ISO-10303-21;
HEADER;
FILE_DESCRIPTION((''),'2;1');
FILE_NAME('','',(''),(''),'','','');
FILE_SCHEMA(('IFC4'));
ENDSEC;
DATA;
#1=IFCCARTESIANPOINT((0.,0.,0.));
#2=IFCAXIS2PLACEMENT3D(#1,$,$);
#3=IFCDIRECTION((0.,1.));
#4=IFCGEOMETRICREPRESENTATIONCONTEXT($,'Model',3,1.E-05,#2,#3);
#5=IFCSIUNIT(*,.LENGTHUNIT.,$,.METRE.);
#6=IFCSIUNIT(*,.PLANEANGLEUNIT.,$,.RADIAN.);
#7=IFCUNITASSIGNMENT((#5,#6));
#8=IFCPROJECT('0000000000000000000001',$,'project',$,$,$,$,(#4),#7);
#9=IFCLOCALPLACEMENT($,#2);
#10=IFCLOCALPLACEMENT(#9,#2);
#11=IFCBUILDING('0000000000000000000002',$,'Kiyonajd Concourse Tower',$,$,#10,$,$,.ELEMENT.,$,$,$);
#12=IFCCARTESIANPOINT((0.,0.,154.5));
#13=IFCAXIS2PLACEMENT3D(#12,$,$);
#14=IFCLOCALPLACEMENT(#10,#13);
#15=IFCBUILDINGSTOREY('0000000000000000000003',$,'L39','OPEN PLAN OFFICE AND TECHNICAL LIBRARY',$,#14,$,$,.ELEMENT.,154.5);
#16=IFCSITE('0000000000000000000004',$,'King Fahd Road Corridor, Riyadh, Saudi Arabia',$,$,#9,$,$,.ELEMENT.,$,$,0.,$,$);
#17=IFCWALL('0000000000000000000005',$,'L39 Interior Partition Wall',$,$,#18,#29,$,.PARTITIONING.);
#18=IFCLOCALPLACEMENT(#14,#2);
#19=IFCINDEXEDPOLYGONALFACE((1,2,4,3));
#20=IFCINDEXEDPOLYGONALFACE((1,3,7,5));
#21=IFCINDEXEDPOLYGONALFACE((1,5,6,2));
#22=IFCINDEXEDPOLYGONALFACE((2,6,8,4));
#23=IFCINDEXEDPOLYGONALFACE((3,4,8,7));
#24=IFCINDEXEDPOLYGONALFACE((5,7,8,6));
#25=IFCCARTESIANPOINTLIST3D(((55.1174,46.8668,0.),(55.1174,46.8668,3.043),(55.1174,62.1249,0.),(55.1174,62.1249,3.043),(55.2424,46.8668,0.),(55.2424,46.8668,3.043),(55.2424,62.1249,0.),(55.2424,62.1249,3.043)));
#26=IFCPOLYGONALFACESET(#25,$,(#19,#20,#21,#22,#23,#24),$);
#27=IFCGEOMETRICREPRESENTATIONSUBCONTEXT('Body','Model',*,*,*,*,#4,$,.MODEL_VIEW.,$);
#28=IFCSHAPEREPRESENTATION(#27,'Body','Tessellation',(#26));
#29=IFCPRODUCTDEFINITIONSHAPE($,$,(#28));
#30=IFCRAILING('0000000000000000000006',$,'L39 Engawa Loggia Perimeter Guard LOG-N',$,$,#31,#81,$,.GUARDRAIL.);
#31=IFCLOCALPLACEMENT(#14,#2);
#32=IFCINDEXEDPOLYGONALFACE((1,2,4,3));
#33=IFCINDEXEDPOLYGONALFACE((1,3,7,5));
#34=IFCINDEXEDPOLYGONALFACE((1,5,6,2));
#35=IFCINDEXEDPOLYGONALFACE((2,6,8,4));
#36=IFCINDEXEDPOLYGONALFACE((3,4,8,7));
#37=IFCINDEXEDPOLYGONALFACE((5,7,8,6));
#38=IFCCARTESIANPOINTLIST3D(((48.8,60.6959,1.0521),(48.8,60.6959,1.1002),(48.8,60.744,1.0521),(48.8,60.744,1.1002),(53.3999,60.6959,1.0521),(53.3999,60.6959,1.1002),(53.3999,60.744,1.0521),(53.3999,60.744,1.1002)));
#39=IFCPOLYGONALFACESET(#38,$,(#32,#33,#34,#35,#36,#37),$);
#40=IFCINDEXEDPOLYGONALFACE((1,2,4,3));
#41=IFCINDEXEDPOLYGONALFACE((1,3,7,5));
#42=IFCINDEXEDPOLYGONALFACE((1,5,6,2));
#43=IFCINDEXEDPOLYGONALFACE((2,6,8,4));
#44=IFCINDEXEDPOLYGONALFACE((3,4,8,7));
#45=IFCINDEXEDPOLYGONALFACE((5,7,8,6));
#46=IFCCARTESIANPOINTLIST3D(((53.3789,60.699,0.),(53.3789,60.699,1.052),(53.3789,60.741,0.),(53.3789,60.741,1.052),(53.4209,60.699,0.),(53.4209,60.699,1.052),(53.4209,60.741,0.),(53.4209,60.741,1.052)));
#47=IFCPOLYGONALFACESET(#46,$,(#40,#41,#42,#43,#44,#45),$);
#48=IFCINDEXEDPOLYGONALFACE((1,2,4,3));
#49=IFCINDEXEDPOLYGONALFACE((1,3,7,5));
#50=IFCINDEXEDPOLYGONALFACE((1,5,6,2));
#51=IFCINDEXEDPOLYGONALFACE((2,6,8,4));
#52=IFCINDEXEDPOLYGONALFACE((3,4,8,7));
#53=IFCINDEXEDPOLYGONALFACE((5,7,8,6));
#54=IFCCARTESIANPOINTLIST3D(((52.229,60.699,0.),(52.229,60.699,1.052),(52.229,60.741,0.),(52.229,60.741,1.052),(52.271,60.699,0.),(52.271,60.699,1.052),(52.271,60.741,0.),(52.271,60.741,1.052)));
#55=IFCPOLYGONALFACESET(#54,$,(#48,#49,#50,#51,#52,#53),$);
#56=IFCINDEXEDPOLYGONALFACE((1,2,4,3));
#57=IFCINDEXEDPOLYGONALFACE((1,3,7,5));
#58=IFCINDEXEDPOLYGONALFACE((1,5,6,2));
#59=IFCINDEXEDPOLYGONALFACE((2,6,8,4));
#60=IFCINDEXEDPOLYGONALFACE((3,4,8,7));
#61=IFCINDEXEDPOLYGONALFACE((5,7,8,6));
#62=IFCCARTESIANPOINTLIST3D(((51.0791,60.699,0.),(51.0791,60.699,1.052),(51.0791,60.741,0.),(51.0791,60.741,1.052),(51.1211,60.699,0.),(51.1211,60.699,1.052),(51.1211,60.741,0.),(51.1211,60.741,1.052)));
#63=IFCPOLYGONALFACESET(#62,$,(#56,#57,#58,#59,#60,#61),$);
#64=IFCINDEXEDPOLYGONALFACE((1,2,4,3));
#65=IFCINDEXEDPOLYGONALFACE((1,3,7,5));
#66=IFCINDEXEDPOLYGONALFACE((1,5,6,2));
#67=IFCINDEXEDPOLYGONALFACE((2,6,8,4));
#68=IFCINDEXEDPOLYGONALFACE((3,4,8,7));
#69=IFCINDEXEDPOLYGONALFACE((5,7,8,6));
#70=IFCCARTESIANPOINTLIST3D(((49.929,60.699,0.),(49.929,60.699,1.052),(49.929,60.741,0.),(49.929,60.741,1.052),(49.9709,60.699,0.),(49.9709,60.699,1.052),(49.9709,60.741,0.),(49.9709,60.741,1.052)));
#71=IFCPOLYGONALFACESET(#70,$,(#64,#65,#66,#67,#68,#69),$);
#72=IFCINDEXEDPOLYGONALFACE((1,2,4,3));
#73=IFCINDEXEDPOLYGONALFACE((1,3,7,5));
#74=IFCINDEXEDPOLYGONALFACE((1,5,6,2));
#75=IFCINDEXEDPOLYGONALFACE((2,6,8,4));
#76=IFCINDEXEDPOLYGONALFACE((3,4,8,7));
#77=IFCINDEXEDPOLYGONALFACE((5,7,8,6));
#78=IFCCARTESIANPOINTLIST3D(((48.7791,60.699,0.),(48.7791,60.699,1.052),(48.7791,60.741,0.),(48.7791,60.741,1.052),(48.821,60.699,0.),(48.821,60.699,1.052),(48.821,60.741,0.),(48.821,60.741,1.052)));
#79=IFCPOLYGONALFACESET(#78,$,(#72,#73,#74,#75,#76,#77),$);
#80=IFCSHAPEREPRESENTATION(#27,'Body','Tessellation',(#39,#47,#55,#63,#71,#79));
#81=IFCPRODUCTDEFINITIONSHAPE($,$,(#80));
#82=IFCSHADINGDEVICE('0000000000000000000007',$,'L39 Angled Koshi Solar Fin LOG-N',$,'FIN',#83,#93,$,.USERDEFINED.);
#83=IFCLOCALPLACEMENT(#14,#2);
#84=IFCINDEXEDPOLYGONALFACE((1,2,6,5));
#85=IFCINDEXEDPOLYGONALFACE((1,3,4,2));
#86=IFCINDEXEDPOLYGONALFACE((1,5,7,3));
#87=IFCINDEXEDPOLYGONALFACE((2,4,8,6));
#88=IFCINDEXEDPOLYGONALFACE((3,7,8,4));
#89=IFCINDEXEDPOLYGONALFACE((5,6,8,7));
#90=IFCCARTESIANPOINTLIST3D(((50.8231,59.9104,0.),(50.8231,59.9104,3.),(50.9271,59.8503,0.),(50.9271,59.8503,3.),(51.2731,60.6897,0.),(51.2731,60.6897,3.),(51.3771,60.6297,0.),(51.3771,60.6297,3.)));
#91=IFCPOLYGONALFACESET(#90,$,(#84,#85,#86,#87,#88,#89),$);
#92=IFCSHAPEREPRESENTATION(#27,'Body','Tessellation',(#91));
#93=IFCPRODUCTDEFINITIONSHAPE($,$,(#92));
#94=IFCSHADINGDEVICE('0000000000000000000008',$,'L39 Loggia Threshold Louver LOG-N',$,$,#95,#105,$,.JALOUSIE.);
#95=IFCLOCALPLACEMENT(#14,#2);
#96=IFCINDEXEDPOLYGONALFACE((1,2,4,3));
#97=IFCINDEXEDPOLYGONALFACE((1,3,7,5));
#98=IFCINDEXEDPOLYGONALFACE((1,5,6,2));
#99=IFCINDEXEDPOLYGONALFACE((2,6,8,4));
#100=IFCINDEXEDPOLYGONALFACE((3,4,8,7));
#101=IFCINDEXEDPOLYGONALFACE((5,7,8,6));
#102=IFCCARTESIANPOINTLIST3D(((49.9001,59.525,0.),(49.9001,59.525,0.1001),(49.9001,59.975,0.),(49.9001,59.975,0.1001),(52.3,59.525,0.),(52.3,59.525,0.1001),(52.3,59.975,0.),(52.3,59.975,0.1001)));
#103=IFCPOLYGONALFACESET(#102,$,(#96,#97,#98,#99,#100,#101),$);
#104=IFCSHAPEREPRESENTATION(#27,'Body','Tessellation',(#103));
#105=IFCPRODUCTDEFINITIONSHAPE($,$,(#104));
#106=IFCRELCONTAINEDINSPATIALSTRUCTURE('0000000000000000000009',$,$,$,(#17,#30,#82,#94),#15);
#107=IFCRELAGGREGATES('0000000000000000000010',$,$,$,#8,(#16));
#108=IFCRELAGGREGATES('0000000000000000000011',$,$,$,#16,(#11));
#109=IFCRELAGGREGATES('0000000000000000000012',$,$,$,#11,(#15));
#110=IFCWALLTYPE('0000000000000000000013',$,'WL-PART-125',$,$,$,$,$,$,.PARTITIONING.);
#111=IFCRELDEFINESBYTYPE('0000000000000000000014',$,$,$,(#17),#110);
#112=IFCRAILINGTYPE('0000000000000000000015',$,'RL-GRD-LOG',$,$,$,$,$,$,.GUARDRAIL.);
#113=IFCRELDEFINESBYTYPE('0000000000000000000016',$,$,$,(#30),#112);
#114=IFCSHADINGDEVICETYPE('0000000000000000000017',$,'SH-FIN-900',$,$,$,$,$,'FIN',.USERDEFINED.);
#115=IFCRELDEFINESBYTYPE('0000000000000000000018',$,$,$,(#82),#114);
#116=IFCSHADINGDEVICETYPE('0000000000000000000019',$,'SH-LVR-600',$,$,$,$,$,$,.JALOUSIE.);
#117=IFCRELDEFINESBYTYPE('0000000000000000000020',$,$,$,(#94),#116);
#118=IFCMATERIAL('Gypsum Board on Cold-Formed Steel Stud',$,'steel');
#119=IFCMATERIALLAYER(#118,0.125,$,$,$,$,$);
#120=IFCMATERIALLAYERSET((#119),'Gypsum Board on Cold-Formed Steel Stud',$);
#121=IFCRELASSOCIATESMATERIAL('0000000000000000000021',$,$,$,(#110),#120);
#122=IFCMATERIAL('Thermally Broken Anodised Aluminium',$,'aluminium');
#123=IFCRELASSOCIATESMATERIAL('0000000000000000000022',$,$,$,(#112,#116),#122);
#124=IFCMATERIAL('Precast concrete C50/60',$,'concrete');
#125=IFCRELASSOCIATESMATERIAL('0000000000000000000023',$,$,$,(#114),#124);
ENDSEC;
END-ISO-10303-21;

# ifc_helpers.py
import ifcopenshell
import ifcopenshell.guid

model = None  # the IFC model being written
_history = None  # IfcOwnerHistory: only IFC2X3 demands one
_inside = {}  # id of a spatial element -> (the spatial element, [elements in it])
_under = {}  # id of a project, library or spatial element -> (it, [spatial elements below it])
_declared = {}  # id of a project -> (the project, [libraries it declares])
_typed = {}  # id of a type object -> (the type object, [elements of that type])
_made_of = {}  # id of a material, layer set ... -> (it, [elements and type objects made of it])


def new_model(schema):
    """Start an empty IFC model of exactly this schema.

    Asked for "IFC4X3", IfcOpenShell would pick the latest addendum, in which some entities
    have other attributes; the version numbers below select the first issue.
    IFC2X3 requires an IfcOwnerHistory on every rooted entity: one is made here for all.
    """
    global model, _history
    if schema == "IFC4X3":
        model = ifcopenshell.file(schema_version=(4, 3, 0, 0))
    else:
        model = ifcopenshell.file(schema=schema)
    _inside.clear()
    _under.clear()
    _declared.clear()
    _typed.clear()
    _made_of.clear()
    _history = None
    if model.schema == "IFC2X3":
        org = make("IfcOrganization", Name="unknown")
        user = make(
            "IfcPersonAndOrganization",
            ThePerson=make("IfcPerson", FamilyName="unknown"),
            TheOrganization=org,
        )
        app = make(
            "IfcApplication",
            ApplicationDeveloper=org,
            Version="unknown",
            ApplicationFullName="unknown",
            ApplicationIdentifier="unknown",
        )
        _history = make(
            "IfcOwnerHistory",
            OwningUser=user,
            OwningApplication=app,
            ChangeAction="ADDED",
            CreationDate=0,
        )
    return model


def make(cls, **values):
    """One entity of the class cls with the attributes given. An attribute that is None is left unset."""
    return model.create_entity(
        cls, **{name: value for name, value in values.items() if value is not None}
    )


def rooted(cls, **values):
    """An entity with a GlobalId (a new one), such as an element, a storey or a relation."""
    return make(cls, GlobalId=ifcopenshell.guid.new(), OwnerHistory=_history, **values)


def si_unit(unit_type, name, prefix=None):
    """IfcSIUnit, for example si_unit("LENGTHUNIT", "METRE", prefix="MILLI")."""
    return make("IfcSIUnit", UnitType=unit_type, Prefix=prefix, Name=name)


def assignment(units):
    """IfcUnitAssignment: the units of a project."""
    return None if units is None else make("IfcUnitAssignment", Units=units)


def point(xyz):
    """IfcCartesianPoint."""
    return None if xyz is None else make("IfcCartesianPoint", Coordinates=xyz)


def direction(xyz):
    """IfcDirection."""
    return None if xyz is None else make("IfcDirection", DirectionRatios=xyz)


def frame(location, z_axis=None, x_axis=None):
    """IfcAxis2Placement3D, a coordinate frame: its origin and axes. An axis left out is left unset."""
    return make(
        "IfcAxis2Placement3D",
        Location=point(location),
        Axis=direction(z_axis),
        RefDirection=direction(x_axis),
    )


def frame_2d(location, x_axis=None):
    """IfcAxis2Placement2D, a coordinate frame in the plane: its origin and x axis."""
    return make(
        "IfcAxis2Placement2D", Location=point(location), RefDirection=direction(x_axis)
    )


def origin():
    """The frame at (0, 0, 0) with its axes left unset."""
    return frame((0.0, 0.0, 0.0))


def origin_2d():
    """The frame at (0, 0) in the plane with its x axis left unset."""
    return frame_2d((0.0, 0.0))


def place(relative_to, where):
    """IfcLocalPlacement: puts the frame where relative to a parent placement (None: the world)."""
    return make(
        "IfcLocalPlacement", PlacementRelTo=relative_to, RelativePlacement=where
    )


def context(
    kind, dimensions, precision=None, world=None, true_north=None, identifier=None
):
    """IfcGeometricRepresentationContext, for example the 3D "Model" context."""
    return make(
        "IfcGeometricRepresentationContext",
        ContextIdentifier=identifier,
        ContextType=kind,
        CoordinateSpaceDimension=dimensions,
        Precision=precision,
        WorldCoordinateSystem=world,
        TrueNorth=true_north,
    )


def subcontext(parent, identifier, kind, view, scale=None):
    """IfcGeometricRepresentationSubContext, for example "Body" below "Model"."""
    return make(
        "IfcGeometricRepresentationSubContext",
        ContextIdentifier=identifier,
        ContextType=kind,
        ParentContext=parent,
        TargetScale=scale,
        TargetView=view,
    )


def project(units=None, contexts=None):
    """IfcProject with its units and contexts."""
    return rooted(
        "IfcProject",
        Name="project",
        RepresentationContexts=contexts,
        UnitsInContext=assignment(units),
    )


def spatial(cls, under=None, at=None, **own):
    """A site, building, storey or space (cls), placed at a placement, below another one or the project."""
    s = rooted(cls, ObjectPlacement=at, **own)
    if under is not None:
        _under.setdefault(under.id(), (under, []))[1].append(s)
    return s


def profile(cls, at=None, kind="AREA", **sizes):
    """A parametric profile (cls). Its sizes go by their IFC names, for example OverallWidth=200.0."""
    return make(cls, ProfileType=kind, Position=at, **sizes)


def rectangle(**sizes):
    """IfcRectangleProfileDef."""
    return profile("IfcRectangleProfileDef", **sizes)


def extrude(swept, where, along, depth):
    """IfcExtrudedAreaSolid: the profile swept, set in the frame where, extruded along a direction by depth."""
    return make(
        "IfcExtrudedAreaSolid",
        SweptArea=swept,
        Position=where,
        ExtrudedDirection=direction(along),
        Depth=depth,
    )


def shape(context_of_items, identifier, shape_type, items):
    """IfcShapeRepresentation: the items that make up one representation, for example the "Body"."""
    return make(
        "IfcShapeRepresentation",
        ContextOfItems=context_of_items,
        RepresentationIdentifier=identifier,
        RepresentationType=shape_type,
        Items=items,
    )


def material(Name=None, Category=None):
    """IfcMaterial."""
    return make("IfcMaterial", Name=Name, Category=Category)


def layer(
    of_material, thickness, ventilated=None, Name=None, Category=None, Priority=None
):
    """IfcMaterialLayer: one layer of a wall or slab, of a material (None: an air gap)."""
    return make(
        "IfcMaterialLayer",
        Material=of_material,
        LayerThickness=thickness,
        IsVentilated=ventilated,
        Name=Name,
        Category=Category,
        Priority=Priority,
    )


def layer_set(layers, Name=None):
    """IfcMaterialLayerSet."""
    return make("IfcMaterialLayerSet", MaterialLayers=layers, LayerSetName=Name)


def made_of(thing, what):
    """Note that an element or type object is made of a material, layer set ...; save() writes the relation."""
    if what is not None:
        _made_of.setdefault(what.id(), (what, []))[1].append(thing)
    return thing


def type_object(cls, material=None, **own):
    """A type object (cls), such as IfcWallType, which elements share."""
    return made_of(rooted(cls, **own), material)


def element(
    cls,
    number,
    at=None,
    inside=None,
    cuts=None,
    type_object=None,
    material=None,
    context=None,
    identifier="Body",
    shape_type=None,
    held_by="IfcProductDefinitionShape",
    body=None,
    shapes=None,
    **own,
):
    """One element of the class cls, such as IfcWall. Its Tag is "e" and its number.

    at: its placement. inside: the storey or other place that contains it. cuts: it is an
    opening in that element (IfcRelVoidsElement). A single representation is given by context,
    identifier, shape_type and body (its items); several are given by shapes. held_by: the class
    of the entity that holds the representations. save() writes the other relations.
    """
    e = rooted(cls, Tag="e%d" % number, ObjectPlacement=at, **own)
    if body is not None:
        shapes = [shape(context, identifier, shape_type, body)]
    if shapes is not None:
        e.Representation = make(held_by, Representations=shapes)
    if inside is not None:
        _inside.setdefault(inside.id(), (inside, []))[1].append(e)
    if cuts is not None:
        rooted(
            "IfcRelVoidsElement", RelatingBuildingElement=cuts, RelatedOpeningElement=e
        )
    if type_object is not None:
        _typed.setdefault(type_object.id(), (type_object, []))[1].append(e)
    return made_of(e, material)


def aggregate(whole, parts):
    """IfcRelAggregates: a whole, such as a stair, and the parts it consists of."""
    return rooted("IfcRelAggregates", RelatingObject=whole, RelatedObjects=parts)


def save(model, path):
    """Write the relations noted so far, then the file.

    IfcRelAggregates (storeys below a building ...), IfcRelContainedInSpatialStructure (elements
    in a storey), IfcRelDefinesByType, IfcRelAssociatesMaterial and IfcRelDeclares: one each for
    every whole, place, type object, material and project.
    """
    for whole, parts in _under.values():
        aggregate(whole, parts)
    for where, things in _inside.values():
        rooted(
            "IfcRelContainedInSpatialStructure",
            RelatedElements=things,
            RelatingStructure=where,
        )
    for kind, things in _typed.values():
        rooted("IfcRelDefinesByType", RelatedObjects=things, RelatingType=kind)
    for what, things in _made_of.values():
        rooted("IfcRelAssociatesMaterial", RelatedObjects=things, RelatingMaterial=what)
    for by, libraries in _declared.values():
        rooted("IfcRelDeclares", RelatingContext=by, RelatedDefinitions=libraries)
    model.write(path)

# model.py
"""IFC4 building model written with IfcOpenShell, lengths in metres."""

from ifc_helpers import new_model, si_unit, direction, frame, frame_2d, origin, origin_2d, place, context, subcontext, project, spatial, rectangle, extrude, material, layer, layer_set, type_object, element, save


model = new_model("IFC4")

# Units and contexts
model_context = context("Model", 3, precision=1e-05, world=origin(), true_north=direction((0.0, 1.0)))
body_context = subcontext(model_context, "Body", "Model", "MODEL_VIEW")
ifc_project = project(units=[si_unit("LENGTHUNIT", "METRE"), si_unit("PLANEANGLEUNIT", "RADIAN")], contexts=[model_context])

# Site, building, storey
site_placement = place(None, origin())
site = spatial("IfcSite", under=ifc_project, at=site_placement, Name="King Fahd Road Corridor, Riyadh, Saudi Arabia", CompositionType="ELEMENT", RefElevation=0.0)
building_placement = place(site_placement, origin())
building = spatial("IfcBuilding", under=site, at=building_placement, Name="Kiyonajd Concourse Tower", CompositionType="ELEMENT")
storey_placement = place(building_placement, frame((0.0, 0.0, 154.5)))
storey = spatial("IfcBuildingStorey", under=building, at=storey_placement, Name="L39", Description="OPEN PLAN OFFICE AND TECHNICAL LIBRARY", CompositionType="ELEMENT", Elevation=154.5)

# Shared definitions
ifc_material_1 = material(Name="Thermally Broken Anodised Aluminium", Category="aluminium")

# Shared definitions
ifc_material_2 = material(Name="Precast concrete C50/60", Category="concrete")

# Shared definitions
ifc_material_3 = material(Name="Gypsum Board on Cold-Formed Steel Stud", Category="steel")
ifc_layer_1 = layer(ifc_material_3, 0.125)
ifc_layer_set_1 = layer_set([ifc_layer_1], Name="Gypsum Board on Cold-Formed Steel Stud")
wall_type_1 = type_object("IfcWallType", Name="WL-PART-125", PredefinedType="PARTITIONING", material=ifc_layer_set_1)

# Wall
wall_1_placement = place(storey_placement, frame((55.1799, 46.8669, 0.0), z_axis=(0.0, 0.0, 1.0), x_axis=(0.0, 1.0, 0.0)))
element("IfcWall", 1, at=wall_1_placement, inside=storey, type_object=wall_type_1, Name="L39 Interior Partition Wall", PredefinedType="PARTITIONING", context=body_context, shape_type="SweptSolid", body=[
    extrude(rectangle(XDim=15.2581, YDim=0.125, at=frame_2d((7.6289, 0.0))), origin(), (0.0, 0.0, 1.0), 3.043),
])

# Railing
railing_type = type_object("IfcRailingType", Name="RL-GRD-LOG", PredefinedType="GUARDRAIL", material=ifc_material_1)
railing_placement = place(storey_placement, frame((53.3999, 60.72, 0.0)))
element("IfcRailing", 2, at=railing_placement, inside=storey, type_object=railing_type, Name="L39 Engawa Loggia Perimeter Guard LOG-N", PredefinedType="GUARDRAIL", context=body_context, shape_type="SweptSolid", body=[
    extrude(rectangle(XDim=0.0481, YDim=0.0481, at=origin_2d()), frame((0.0, 0.0, 1.0762), z_axis=(-1.0, 0.0, 0.0), x_axis=(0.0, -1.0, 0.0)), (0.0, 0.0, 1.0), 4.5999),
    extrude(rectangle(XDim=0.042, YDim=0.042, at=origin_2d()), origin(), (0.0, 0.0, 1.0), 1.052),
    extrude(rectangle(XDim=0.042, YDim=0.042, at=origin_2d()), frame((-1.1499, 0.0, 0.0)), (0.0, 0.0, 1.0), 1.052),
    extrude(rectangle(XDim=0.042, YDim=0.042, at=origin_2d()), frame((-2.2998, 0.0, 0.0)), (0.0, 0.0, 1.0), 1.052),
    extrude(rectangle(XDim=0.042, YDim=0.042, at=origin_2d()), frame((-3.45, 0.0, 0.0)), (0.0, 0.0, 1.0), 1.052),
    extrude(rectangle(XDim=0.042, YDim=0.042, at=origin_2d()), frame((-4.5999, 0.0, 0.0)), (0.0, 0.0, 1.0), 1.052),
])

# Shading devices
shading_device_type_1 = type_object("IfcShadingDeviceType", Name="SH-FIN-900", ElementType="FIN", PredefinedType="USERDEFINED", material=ifc_material_2)
shading_device_1_placement = place(storey_placement, frame((51.1001, 60.27, 0.0), z_axis=(0.0, 0.0, 1.0), x_axis=(0.5, 0.866025, 0.0)))
element("IfcShadingDevice", 3, at=shading_device_1_placement, inside=storey, type_object=shading_device_type_1, Name="L39 Angled Koshi Solar Fin LOG-N", ObjectType="FIN", PredefinedType="USERDEFINED", context=body_context, shape_type="SweptSolid", body=[
    extrude(rectangle(XDim=0.8999, YDim=0.1201, at=origin_2d()), origin(), (0.0, 0.0, 1.0), 3.0),
])
shading_device_type_2 = type_object("IfcShadingDeviceType", Name="SH-LVR-600", PredefinedType="JALOUSIE", material=ifc_material_1)
shading_device_2_placement = place(storey_placement, frame((51.1001, 59.75, 0.0), z_axis=(0.0, 0.0, 1.0), x_axis=(1.0, 0.0, 0.0)))
element("IfcShadingDevice", 4, at=shading_device_2_placement, inside=storey, type_object=shading_device_type_2, Name="L39 Loggia Threshold Louver LOG-N", PredefinedType="JALOUSIE", context=body_context, shape_type="SweptSolid", body=[
    extrude(rectangle(XDim=2.3999, YDim=0.45, at=origin_2d()), origin(), (0.0, 0.0, 1.0), 0.1001),
])

save(model, "model.ifc")
